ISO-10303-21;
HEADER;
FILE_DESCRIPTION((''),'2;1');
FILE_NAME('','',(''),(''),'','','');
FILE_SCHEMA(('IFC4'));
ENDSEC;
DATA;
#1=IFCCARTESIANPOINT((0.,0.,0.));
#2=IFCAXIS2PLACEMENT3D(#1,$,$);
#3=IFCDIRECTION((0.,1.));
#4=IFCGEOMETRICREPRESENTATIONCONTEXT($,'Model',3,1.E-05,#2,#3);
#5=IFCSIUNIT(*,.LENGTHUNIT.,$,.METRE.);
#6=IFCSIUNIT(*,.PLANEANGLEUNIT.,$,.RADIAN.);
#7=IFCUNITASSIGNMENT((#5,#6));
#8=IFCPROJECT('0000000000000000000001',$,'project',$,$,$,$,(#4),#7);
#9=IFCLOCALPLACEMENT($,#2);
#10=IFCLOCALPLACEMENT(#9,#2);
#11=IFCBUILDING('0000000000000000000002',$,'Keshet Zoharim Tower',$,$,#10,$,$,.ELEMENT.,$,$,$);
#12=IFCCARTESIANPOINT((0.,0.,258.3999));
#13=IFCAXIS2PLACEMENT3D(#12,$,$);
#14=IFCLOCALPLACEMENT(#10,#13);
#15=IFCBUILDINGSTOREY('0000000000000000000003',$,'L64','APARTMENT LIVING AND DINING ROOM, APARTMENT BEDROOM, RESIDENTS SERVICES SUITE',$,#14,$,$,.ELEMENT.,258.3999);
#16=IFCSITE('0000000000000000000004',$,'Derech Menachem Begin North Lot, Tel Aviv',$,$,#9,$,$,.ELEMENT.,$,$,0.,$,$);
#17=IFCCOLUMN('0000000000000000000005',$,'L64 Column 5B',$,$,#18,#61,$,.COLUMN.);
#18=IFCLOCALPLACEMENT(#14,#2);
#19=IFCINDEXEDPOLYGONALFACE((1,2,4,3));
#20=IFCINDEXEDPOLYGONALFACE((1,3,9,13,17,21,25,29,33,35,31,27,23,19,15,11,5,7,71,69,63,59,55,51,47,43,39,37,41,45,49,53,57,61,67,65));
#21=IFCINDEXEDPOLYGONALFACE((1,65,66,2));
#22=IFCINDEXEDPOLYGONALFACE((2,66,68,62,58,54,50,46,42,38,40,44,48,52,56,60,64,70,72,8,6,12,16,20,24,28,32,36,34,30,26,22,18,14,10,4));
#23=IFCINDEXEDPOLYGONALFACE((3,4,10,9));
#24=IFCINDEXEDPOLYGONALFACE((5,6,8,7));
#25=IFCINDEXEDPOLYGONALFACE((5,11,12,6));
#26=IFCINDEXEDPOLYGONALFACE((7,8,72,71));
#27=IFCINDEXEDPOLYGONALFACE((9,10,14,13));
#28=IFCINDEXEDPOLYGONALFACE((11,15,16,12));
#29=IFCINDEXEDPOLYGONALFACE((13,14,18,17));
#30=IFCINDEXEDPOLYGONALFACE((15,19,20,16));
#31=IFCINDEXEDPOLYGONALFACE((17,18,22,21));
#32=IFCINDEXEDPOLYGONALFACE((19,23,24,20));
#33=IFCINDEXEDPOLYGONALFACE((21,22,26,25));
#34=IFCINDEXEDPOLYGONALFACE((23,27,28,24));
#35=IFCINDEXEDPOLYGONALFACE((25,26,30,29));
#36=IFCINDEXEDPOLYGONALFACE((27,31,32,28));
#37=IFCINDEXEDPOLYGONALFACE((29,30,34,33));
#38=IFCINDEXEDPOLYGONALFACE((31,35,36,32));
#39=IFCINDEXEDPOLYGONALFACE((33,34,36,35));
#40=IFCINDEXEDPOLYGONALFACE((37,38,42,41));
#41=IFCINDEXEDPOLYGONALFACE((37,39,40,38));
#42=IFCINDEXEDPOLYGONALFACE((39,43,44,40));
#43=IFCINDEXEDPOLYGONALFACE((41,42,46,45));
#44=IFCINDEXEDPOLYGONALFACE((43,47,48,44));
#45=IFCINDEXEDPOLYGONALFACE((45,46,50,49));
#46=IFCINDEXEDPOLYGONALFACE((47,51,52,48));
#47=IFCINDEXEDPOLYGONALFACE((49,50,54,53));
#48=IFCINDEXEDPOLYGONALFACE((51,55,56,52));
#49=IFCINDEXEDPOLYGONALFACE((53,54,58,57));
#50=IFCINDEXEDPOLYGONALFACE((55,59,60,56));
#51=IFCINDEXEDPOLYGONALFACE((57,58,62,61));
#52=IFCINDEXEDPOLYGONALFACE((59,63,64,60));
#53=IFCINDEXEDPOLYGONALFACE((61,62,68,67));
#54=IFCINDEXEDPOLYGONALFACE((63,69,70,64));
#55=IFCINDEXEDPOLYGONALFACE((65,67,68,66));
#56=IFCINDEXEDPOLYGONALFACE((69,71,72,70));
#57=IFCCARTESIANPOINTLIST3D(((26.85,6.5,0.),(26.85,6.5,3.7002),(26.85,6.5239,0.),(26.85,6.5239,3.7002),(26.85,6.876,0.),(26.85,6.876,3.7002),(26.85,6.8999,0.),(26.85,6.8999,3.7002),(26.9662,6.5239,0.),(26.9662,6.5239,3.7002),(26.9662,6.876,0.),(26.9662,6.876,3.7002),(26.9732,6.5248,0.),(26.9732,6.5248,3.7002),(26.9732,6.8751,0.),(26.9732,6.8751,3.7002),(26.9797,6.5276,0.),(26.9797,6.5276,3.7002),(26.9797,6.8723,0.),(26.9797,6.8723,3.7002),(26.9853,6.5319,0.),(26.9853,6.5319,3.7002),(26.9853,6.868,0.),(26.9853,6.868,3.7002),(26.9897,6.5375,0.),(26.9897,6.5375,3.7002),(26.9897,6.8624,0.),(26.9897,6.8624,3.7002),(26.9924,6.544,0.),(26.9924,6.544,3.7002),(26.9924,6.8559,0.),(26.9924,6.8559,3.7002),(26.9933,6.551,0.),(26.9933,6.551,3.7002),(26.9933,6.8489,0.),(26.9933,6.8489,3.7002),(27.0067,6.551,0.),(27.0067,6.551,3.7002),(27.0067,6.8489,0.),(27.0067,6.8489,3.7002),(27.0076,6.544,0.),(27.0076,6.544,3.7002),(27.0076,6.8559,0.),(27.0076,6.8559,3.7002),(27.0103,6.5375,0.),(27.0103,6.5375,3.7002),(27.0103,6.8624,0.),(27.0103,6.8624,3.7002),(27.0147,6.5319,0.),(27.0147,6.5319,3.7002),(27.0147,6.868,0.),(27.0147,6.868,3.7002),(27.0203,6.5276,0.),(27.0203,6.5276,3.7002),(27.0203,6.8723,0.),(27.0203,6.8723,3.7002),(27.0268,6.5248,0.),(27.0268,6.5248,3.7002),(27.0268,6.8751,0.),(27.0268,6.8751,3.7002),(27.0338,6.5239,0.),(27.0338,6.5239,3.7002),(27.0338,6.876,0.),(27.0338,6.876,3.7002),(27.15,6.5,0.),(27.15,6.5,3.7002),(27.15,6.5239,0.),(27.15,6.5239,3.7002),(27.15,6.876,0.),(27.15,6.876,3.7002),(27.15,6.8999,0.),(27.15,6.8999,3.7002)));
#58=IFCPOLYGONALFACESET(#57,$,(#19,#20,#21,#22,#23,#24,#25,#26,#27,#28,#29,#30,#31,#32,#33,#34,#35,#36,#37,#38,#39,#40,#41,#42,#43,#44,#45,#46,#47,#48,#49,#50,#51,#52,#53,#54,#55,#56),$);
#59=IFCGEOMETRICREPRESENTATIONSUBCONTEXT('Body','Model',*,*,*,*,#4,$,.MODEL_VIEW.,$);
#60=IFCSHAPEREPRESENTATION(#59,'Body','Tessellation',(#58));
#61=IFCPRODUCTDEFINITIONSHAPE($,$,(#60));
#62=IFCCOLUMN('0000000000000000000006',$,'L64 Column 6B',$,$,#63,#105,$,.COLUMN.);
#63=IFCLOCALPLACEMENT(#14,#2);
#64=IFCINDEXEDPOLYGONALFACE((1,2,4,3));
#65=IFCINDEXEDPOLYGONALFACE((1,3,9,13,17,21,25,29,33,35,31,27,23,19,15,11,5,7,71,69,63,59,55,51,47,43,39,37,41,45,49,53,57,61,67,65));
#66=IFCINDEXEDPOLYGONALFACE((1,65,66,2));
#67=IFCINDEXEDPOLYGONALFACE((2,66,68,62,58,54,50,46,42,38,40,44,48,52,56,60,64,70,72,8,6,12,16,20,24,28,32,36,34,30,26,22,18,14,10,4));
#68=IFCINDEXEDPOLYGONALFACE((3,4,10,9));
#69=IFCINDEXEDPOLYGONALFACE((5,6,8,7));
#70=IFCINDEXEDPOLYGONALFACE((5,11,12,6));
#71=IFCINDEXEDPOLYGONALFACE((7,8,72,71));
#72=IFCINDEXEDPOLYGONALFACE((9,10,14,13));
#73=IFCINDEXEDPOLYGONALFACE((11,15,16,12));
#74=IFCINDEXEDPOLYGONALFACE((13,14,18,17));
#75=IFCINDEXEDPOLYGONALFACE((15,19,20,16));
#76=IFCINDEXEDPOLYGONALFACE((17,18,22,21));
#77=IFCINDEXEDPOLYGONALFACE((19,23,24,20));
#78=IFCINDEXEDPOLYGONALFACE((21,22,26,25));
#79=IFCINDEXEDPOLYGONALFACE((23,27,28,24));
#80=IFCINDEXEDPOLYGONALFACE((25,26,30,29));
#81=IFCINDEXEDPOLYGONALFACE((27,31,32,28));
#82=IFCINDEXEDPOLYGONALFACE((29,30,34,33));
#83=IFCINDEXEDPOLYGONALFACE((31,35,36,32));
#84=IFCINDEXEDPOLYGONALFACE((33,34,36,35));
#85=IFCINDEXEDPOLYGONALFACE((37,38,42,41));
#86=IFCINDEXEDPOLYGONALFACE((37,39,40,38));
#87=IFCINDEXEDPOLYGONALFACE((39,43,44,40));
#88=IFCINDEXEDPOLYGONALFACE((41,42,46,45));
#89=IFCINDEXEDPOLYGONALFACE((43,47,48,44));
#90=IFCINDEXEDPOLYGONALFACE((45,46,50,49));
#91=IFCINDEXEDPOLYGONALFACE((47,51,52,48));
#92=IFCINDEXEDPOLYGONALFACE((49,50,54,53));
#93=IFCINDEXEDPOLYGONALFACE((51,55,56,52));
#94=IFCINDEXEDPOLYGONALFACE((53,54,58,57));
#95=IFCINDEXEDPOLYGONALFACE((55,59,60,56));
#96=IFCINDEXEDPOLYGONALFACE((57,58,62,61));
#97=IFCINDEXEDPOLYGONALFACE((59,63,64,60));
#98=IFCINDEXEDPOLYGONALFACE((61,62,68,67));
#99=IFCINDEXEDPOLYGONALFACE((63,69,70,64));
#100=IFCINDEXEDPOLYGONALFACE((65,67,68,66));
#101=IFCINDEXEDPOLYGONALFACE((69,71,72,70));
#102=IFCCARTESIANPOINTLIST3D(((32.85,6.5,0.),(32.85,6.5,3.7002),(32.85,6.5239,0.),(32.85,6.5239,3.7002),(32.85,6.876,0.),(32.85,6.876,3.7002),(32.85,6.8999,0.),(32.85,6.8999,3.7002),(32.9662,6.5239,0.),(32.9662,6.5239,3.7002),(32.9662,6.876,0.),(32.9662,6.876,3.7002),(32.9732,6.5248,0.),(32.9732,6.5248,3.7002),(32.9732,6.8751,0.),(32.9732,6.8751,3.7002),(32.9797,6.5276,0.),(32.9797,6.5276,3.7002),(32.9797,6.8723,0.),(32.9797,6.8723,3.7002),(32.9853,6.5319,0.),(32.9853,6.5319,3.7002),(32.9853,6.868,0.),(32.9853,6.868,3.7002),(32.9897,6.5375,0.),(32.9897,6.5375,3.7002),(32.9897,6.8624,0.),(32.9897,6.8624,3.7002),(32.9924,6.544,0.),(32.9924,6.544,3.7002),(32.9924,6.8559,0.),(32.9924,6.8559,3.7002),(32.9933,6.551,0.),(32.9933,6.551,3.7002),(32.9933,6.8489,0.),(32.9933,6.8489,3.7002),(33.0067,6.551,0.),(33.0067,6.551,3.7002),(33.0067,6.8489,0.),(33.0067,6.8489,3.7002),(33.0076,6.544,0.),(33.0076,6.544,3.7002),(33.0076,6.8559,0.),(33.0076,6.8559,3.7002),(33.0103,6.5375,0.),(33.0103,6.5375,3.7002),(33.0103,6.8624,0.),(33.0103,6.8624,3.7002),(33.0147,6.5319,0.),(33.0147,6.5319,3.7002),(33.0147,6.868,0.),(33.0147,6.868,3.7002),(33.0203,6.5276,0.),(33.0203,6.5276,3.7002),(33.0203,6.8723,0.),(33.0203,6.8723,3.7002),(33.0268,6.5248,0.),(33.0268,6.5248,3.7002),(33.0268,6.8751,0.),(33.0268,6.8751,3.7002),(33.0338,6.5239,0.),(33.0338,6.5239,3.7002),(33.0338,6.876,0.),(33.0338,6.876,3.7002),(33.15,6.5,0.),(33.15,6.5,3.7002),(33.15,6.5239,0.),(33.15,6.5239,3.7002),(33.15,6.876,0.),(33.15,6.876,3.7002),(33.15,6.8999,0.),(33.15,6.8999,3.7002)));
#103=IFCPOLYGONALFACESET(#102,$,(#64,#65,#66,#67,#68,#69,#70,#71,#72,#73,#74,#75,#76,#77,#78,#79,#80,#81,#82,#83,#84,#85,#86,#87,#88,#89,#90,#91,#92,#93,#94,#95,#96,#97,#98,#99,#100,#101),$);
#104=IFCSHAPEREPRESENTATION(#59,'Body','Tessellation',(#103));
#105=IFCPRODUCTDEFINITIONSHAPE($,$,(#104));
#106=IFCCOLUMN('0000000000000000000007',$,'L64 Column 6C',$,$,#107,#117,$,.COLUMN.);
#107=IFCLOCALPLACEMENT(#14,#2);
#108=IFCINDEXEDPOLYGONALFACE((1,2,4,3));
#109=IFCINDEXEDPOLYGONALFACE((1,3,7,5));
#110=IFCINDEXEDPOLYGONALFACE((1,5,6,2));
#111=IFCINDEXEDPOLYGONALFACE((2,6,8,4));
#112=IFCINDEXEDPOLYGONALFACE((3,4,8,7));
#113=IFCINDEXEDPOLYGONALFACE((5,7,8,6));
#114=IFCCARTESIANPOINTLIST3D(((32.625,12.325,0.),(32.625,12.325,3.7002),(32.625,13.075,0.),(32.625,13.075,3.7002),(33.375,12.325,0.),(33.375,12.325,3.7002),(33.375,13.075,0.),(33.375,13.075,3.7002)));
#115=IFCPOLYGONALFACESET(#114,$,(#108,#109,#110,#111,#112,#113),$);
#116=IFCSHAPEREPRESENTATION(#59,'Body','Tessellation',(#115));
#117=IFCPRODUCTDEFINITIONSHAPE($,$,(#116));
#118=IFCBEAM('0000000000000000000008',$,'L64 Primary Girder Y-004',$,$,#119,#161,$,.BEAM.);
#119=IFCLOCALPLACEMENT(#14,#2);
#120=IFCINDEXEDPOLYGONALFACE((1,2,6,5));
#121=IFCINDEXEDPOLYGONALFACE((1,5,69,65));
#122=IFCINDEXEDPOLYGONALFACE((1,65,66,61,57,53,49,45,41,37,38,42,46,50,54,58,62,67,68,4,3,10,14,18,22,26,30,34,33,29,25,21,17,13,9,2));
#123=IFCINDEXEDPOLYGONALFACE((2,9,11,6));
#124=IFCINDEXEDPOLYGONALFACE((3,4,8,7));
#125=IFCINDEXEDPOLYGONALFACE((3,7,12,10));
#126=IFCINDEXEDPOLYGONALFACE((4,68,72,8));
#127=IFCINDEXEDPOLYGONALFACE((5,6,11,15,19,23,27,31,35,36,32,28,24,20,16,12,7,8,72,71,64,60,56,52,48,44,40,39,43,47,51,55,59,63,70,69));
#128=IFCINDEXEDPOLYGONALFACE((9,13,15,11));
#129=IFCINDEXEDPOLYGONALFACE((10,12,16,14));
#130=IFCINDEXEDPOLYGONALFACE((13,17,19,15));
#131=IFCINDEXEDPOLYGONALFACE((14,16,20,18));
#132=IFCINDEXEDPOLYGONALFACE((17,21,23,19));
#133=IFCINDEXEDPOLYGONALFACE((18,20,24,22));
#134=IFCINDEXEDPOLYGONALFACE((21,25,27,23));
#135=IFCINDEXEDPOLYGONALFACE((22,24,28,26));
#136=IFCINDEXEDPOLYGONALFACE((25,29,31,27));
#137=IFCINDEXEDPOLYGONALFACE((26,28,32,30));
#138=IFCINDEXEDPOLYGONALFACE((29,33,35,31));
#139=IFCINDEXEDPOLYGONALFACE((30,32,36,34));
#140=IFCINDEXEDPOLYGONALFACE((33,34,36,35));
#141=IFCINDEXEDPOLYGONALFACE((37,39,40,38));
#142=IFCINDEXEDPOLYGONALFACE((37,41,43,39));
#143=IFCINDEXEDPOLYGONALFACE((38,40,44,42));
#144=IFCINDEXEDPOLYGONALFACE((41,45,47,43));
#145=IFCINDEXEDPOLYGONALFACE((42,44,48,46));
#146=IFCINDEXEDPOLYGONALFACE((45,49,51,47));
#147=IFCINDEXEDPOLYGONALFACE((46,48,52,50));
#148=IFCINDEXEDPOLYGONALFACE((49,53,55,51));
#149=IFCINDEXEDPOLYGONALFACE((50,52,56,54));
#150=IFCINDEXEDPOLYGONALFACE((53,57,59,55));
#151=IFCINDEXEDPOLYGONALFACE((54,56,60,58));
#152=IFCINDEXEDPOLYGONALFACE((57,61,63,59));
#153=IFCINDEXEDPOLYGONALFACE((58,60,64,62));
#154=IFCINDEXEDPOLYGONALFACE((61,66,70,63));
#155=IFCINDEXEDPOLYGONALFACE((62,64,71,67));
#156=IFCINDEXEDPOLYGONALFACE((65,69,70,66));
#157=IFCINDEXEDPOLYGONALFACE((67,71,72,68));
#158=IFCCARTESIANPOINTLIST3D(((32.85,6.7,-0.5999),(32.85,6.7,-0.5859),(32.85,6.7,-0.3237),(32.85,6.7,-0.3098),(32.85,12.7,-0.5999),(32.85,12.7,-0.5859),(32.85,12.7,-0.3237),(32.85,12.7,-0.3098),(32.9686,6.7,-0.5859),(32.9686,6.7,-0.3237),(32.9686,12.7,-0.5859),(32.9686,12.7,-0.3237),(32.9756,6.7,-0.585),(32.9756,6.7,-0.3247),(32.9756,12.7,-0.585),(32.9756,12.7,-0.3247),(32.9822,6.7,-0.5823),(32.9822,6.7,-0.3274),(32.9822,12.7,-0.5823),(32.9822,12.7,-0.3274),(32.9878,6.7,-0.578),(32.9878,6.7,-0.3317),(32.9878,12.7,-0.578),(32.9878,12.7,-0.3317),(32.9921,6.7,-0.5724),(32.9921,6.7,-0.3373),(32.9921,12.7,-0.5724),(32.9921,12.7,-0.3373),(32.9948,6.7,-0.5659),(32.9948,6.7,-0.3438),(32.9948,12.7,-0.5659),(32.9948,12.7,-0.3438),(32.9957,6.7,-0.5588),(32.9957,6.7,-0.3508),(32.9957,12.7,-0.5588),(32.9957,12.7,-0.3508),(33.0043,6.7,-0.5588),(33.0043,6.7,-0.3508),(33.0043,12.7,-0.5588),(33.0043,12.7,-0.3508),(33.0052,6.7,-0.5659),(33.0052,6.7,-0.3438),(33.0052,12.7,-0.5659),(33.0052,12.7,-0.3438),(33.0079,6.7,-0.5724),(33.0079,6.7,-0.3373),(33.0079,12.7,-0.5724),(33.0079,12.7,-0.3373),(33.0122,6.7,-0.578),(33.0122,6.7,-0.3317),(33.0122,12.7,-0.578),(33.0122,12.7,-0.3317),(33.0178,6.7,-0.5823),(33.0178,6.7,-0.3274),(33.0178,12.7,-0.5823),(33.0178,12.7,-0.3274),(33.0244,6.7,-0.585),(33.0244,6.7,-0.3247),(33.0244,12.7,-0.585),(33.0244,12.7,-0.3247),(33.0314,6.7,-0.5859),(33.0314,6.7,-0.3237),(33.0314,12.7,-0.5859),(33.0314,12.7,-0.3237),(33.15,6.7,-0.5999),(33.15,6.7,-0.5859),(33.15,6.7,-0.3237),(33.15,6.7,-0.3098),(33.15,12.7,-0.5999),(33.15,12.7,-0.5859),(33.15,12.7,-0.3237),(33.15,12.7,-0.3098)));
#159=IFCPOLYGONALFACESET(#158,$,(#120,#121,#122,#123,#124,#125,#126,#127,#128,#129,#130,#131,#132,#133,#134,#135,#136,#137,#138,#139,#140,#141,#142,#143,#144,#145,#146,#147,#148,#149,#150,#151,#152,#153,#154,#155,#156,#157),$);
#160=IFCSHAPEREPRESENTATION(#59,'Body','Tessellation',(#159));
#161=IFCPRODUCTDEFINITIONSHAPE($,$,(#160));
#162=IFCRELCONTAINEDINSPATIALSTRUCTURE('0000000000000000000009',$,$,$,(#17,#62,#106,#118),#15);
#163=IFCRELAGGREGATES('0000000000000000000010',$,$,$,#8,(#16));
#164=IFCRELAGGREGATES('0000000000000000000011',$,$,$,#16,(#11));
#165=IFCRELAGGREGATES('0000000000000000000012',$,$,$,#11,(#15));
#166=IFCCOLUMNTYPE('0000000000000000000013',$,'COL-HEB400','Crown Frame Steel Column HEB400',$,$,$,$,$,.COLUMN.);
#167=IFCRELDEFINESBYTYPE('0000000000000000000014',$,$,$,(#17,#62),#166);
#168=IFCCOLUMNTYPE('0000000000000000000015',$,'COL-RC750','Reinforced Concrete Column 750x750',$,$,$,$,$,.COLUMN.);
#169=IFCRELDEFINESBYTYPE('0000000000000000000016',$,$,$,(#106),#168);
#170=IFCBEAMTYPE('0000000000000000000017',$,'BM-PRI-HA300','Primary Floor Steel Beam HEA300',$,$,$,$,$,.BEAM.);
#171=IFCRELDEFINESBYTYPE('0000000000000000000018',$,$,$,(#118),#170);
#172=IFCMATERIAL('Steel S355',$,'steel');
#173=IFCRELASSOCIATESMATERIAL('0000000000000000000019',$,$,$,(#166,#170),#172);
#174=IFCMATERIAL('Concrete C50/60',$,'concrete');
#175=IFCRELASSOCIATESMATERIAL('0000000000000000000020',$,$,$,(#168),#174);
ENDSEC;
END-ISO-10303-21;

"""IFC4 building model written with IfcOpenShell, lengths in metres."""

from ifc_helpers import new_model, si_unit, direction, frame, origin, origin_2d, place, context, subcontext, project, spatial, rectangle, i_section, extrude, material, material_profile, profile_set, type_object, element, save


model = new_model("IFC4")

# Units and contexts
model_context = context("Model", 3, precision=1e-05, world=origin(), true_north=direction((0.0, 1.0)))
body_context = subcontext(model_context, "Body", "Model", "MODEL_VIEW")
ifc_project = project(units=[si_unit("LENGTHUNIT", "METRE"), si_unit("PLANEANGLEUNIT", "RADIAN")], contexts=[model_context])

# Site, building, storey
site_placement = place(None, origin())
site = spatial("IfcSite", under=ifc_project, at=site_placement, Name="Derech Menachem Begin North Lot, Tel Aviv", CompositionType="ELEMENT", RefElevation=0.0)
building_placement = place(site_placement, origin())
building = spatial("IfcBuilding", under=site, at=building_placement, Name="Keshet Zoharim Tower", CompositionType="ELEMENT")
storey_placement = place(building_placement, frame((0.0, 0.0, 258.3999)))
storey = spatial("IfcBuildingStorey", under=building, at=storey_placement, Name="L64", Description="APARTMENT LIVING AND DINING ROOM, APARTMENT BEDROOM, RESIDENTS SERVICES SUITE", CompositionType="ELEMENT", Elevation=258.3999)

# Columns
ifc_material_1 = material(Name="Steel S355", Category="steel")
ifc_material_profile_1 = material_profile(ifc_material_1, i_section(OverallWidth=0.3, OverallDepth=0.3999, WebThickness=0.0134, FlangeThickness=0.0239, FilletRadius=0.0271, at=origin_2d()), Name="HEB400")
ifc_profile_set_1 = profile_set([ifc_material_profile_1], Name="Steel S355")
column_type_1 = type_object("IfcColumnType", Name="COL-HEB400", Description="Crown Frame Steel Column HEB400", PredefinedType="COLUMN", material=ifc_profile_set_1)
for number, where, z_axis, x_axis, name in (
    (1, (27.0, 6.7, 0.0), (0.0, 0.0, 1.0), (1.0, 0.0, 0.0), "L64 Column 5B"),
    (2, (33.0, 6.7, 0.0), (0.0, 0.0, 1.0), (1.0, 0.0, 0.0), "L64 Column 6B"),
):
    element("IfcColumn", number, at=place(storey_placement, frame(where, z_axis=z_axis, x_axis=x_axis)), inside=storey, type_object=column_type_1, Name=name, PredefinedType="COLUMN", context=body_context, shape_type="SweptSolid", body=[
        extrude(i_section(OverallWidth=0.3, OverallDepth=0.3999, WebThickness=0.0134, FlangeThickness=0.0239, FilletRadius=0.0271, at=origin_2d()), origin(), (0.0, 0.0, 1.0), 3.7002),
    ])
ifc_material_2 = material(Name="Concrete C50/60", Category="concrete")
ifc_material_profile_2 = material_profile(ifc_material_2, rectangle(XDim=0.75, YDim=0.75, at=origin_2d()), Name="RC750x750")
ifc_profile_set_2 = profile_set([ifc_material_profile_2], Name="Concrete C50/60")
column_type_2 = type_object("IfcColumnType", Name="COL-RC750", Description="Reinforced Concrete Column 750x750", PredefinedType="COLUMN", material=ifc_profile_set_2)
column_placement = place(storey_placement, frame((33.0, 12.7, 0.0), z_axis=(0.0, 0.0, 1.0), x_axis=(1.0, 0.0, 0.0)))
element("IfcColumn", 3, at=column_placement, inside=storey, type_object=column_type_2, Name="L64 Column 6C", PredefinedType="COLUMN", context=body_context, shape_type="SweptSolid", body=[
    extrude(rectangle(XDim=0.75, YDim=0.75, at=origin_2d()), origin(), (0.0, 0.0, 1.0), 3.7002),
])

# Beam
ifc_material_profile_3 = material_profile(ifc_material_1, i_section(OverallWidth=0.3, OverallDepth=0.29, WebThickness=0.0085, FlangeThickness=0.0139, FilletRadius=0.0271, at=origin_2d()), Name="HEA300")
ifc_profile_set_3 = profile_set([ifc_material_profile_3], Name="Steel S355")
beam_type_1 = type_object("IfcBeamType", Name="BM-PRI-HA300", Description="Primary Floor Steel Beam HEA300", PredefinedType="BEAM", material=ifc_profile_set_3)
beam_1_placement = place(storey_placement, frame((33.0, 6.7, -0.4548), z_axis=(0.0, 1.0, 0.0), x_axis=(-1.0, 0.0, 0.0)))
element("IfcBeam", 4, at=beam_1_placement, inside=storey, type_object=beam_type_1, Name="L64 Primary Girder Y-004", PredefinedType="BEAM", context=body_context, shape_type="SweptSolid", body=[
    extrude(i_section(OverallWidth=0.3, OverallDepth=0.29, WebThickness=0.0085, FlangeThickness=0.0139, FilletRadius=0.0271, at=origin_2d()), origin(), (0.0, 0.0, 1.0), 6.0),
])

save(model, "model.ifc")
